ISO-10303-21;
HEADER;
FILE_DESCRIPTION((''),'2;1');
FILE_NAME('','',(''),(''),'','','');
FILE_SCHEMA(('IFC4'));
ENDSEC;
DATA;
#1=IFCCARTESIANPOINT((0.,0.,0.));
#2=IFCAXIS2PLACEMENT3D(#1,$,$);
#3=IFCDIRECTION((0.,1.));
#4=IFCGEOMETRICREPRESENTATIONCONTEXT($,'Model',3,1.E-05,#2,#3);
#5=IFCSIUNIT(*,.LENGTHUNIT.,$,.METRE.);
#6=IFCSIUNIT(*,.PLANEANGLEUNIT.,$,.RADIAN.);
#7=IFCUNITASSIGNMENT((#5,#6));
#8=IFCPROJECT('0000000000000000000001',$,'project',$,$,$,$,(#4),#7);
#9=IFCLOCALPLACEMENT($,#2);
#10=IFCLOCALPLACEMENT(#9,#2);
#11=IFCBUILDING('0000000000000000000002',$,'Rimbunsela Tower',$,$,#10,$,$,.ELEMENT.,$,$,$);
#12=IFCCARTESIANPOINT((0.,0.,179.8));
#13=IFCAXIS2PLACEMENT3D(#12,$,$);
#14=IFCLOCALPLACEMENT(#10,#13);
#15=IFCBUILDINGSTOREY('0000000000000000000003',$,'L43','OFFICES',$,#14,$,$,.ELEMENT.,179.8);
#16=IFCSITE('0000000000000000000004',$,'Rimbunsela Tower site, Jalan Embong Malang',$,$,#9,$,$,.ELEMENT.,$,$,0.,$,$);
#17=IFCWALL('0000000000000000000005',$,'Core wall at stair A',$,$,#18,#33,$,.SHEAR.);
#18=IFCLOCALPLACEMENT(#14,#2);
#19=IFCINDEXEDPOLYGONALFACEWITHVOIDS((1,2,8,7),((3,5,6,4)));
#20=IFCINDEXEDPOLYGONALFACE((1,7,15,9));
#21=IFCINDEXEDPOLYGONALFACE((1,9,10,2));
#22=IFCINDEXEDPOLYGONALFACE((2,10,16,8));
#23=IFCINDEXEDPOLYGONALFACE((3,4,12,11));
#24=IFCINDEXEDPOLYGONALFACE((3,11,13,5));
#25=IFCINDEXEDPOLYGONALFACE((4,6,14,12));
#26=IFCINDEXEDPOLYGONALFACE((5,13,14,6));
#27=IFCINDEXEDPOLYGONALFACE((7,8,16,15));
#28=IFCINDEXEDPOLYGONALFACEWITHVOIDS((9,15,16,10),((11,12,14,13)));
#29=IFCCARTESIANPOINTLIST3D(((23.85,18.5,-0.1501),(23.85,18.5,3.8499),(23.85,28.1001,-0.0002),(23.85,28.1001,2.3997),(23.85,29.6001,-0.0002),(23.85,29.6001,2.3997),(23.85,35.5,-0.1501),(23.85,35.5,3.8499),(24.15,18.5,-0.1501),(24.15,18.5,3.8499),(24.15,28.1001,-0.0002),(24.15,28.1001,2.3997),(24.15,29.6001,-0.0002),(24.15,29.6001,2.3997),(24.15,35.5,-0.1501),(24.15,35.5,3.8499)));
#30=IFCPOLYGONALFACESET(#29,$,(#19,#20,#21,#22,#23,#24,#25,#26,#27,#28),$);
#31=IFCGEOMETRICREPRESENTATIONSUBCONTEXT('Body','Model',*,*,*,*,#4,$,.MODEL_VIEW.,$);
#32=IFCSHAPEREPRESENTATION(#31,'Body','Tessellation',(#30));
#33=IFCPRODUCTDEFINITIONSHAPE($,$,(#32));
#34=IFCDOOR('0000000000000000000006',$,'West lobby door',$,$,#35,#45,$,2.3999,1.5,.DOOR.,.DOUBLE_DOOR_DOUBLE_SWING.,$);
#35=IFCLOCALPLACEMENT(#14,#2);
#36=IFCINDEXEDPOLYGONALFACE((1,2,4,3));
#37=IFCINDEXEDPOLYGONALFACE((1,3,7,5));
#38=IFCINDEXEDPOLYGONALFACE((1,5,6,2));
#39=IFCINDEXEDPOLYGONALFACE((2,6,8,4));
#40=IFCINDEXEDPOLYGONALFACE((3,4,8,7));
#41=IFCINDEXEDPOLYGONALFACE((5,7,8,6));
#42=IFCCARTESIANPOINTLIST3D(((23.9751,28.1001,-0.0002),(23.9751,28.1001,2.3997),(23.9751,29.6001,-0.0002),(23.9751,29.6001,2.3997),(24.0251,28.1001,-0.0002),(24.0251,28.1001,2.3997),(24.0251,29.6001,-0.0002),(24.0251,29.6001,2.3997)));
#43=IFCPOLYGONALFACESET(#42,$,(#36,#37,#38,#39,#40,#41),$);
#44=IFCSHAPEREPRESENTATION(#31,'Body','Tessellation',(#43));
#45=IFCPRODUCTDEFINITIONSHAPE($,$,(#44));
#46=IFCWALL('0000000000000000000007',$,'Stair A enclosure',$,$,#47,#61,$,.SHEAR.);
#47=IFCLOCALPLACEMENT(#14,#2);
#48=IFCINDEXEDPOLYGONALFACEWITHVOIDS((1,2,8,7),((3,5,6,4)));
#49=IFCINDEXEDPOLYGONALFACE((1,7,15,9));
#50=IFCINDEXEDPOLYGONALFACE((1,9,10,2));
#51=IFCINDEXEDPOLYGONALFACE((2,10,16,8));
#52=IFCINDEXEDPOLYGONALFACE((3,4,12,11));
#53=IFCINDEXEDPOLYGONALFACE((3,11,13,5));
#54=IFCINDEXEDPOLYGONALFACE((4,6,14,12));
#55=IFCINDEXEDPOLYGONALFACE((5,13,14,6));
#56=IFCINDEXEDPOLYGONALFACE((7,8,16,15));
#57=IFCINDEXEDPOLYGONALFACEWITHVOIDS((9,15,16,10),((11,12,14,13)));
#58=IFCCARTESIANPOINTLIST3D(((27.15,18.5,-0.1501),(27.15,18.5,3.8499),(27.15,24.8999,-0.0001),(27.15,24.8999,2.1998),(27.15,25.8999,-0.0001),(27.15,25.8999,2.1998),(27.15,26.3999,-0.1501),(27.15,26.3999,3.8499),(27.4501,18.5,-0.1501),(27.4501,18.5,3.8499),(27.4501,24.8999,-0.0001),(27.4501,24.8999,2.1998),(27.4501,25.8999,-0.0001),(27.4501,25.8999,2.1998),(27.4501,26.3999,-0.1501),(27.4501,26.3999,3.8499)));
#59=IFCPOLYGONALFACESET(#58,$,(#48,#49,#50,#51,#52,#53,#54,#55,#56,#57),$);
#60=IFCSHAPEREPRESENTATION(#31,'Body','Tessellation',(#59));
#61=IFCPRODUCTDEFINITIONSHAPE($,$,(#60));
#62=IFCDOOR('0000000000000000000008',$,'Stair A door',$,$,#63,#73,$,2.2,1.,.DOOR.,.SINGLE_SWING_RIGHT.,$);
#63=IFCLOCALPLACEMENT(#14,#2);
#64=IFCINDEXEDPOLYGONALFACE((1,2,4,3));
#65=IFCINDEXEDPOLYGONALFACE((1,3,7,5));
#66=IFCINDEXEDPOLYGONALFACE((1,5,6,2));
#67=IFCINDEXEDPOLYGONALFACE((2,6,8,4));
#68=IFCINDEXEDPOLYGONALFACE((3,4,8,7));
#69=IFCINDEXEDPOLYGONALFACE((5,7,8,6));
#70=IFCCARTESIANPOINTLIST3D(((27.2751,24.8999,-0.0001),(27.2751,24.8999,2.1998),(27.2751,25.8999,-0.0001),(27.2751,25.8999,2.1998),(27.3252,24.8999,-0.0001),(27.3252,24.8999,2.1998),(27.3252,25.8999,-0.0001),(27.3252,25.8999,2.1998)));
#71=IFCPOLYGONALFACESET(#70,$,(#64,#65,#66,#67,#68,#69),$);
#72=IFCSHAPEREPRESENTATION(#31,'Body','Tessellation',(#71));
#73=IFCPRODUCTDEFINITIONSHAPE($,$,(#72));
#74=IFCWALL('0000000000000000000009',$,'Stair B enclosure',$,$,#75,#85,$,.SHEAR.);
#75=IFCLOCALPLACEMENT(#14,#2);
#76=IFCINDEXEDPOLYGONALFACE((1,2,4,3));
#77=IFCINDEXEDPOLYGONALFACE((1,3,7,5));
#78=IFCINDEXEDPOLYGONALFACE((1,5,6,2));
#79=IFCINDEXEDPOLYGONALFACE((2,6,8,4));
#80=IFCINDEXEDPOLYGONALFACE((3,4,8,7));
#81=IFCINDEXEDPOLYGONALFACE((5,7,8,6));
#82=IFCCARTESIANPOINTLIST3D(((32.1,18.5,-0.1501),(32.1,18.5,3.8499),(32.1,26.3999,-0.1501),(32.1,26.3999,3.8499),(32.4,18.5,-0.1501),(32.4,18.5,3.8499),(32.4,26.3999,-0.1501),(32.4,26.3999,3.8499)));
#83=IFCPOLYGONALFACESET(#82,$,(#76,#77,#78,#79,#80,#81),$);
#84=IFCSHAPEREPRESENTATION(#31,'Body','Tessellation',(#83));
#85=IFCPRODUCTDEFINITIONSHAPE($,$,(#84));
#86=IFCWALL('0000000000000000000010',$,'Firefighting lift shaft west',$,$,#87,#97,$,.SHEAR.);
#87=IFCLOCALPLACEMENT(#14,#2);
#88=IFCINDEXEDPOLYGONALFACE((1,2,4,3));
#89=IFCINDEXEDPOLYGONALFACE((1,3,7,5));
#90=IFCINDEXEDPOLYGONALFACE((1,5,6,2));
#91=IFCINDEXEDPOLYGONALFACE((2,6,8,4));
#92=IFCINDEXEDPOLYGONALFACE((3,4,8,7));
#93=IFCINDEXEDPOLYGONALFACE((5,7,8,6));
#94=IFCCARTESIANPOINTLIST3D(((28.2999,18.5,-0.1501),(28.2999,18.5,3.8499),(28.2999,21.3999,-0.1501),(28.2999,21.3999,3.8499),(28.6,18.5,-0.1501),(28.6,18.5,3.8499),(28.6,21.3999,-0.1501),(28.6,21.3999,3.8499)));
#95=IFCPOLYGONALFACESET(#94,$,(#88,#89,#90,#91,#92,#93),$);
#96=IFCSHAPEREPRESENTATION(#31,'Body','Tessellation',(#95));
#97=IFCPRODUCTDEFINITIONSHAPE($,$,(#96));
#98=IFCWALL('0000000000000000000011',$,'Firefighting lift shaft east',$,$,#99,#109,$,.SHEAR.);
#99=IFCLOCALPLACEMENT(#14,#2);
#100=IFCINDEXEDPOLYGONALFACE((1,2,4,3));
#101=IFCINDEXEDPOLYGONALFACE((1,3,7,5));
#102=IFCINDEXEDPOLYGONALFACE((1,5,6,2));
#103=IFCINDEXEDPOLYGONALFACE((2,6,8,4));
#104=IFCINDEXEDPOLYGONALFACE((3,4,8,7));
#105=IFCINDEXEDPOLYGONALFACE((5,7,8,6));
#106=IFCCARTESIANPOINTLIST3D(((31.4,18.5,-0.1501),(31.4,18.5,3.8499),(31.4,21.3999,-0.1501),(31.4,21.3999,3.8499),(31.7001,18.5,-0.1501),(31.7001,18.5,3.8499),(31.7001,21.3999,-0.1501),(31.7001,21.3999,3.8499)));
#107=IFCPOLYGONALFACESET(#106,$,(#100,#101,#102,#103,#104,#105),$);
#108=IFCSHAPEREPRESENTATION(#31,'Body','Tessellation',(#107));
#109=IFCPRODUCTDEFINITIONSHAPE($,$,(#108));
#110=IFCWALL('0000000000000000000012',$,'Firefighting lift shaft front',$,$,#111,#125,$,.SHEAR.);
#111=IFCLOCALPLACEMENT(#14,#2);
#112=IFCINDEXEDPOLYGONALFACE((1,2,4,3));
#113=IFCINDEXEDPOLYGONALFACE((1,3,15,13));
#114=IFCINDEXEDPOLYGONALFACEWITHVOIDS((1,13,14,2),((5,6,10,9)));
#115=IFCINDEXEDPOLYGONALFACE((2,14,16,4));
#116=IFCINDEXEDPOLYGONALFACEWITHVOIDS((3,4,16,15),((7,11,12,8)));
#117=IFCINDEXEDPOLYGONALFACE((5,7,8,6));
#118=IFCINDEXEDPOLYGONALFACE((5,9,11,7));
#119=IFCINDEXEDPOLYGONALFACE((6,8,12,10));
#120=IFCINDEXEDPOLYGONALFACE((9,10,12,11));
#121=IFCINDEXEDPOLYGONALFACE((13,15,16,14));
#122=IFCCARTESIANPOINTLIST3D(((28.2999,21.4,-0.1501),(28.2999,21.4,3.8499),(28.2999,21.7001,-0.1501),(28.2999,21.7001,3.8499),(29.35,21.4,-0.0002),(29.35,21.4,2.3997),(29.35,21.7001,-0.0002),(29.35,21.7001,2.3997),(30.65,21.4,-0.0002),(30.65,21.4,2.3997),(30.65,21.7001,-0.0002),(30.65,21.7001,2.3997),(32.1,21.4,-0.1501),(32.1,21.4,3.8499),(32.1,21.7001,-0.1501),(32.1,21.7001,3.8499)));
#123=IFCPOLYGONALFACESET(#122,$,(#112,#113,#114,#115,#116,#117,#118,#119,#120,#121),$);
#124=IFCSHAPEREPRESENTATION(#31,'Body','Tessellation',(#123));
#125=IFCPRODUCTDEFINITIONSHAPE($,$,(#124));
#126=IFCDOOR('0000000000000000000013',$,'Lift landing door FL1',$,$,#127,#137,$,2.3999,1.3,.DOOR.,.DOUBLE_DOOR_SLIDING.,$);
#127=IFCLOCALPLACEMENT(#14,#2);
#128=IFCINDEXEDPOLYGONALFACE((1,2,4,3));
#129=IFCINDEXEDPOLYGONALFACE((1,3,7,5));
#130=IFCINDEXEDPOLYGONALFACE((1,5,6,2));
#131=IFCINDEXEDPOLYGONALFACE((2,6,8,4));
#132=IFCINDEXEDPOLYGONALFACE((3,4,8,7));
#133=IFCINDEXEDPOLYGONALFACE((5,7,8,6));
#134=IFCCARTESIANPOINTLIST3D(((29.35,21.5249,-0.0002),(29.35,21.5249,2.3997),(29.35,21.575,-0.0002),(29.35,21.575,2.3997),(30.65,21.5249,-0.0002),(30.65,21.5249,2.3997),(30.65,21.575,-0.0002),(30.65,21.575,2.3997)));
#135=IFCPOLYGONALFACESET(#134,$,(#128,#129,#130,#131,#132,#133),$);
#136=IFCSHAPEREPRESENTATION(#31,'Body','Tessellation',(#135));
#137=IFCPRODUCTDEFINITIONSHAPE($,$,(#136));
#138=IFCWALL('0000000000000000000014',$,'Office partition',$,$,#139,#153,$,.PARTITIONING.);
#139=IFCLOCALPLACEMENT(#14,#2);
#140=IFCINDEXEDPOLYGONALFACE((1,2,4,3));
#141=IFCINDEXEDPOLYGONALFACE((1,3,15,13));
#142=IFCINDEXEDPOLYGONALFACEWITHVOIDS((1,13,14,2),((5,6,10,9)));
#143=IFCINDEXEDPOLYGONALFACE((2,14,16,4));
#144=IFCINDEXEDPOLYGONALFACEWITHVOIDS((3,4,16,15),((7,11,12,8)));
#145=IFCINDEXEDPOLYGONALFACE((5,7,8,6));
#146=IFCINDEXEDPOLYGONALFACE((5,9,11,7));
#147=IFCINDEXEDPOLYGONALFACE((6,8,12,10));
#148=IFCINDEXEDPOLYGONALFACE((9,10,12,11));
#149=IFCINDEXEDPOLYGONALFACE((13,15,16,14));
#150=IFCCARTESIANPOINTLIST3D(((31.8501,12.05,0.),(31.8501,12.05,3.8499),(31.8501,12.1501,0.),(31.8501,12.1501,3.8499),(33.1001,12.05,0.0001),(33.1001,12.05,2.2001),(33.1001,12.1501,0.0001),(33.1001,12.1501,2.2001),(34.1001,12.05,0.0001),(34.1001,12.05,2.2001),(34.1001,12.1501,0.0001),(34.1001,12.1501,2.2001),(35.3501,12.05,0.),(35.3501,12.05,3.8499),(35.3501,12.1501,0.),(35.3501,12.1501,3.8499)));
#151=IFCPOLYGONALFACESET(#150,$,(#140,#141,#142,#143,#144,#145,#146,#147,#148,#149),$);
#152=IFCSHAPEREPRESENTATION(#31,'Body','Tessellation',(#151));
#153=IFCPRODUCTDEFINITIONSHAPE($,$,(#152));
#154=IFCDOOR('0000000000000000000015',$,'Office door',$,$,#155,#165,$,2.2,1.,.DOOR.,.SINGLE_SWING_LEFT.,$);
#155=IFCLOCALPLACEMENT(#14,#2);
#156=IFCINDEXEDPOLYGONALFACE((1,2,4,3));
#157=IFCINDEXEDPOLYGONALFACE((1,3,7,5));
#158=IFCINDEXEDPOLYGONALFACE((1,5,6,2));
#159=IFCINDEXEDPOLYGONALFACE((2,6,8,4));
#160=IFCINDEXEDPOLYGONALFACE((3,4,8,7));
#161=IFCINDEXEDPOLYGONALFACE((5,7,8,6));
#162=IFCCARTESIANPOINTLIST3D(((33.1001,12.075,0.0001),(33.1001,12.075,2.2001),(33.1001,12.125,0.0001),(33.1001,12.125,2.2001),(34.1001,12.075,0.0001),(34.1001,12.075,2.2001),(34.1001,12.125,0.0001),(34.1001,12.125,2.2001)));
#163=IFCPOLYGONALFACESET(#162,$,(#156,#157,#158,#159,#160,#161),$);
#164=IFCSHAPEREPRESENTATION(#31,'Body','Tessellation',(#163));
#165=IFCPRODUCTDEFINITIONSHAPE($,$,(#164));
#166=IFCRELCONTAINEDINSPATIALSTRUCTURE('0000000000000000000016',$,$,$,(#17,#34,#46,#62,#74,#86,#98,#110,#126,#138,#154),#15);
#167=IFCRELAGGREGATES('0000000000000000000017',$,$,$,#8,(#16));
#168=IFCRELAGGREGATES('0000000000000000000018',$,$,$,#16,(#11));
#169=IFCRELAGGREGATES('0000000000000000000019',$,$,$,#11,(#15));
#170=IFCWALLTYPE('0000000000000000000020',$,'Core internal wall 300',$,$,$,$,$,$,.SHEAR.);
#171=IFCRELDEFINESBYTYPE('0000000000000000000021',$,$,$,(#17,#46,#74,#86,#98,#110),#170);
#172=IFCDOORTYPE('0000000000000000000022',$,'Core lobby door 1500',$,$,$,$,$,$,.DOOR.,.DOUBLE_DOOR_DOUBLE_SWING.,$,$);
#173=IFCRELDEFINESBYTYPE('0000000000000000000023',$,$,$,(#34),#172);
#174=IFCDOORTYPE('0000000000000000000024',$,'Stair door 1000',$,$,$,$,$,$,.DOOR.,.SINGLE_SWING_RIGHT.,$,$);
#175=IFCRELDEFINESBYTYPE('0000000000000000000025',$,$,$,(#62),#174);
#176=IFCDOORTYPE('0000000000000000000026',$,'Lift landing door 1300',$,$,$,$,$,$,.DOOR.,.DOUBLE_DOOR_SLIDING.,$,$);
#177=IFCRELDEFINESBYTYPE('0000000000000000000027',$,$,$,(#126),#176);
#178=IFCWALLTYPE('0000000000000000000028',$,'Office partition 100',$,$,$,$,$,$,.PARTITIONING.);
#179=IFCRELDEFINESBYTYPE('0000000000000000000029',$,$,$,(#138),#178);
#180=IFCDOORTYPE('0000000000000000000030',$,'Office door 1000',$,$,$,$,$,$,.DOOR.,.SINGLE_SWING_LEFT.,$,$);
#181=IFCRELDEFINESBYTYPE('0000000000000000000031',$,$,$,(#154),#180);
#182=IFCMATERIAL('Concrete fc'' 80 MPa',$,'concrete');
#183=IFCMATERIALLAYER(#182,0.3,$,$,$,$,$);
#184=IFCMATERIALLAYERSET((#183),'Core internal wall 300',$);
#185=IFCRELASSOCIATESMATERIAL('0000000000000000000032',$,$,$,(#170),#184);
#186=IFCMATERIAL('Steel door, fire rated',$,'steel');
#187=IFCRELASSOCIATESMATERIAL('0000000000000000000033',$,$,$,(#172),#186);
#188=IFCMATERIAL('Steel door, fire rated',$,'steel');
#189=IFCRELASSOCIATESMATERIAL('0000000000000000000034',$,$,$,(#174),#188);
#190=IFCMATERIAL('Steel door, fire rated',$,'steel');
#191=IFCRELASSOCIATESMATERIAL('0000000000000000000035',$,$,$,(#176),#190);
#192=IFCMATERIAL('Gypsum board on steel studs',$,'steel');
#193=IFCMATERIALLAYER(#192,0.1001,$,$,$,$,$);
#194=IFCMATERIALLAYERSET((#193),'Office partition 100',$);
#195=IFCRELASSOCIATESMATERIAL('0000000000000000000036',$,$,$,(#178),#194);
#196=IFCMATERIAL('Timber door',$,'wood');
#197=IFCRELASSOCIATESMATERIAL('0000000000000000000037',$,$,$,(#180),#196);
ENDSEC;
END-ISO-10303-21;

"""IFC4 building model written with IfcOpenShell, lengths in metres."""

from ifc_helpers import new_model, si_unit, direction, frame, frame_2d, origin, place, context, subcontext, project, spatial, rectangle, extrude, material, layer, layer_set, type_object, element, fill, save


model = new_model("IFC4")

# Units and contexts
model_context = context("Model", 3, precision=1e-05, world=origin(), true_north=direction((0.0, 1.0)))
body_context = subcontext(model_context, "Body", "Model", "MODEL_VIEW")
ifc_project = project(units=[si_unit("LENGTHUNIT", "METRE"), si_unit("PLANEANGLEUNIT", "RADIAN")], contexts=[model_context])

# Site, building, storey
site_placement = place(None, origin())
site = spatial("IfcSite", under=ifc_project, at=site_placement, Name="Rimbunsela Tower site, Jalan Embong Malang", CompositionType="ELEMENT", RefElevation=0.0)
building_placement = place(site_placement, origin())
building = spatial("IfcBuilding", under=site, at=building_placement, Name="Rimbunsela Tower", CompositionType="ELEMENT")
storey_placement = place(building_placement, frame((0.0, 0.0, 179.8)))
storey = spatial("IfcBuildingStorey", under=building, at=storey_placement, Name="L43", Description="OFFICES", CompositionType="ELEMENT", Elevation=179.8)

# Walls, openings, doors
ifc_material_1 = material(Name="Concrete fc' 80 MPa", Category="concrete")
ifc_layer_1 = layer(ifc_material_1, 0.3)
ifc_layer_set_1 = layer_set([ifc_layer_1], Name="Core internal wall 300")
wall_type_1 = type_object("IfcWallType", Name="Core internal wall 300", PredefinedType="SHEAR", material=ifc_layer_set_1)
wall_1_placement = place(storey_placement, frame((24.0, 18.5, -0.1501), z_axis=(0.0, 0.0, 1.0), x_axis=(0.0, 1.0, 0.0)))
wall_1 = element("IfcWall", 1, at=wall_1_placement, inside=storey, type_object=wall_type_1, Name="Core wall at stair A", PredefinedType="SHEAR", context=body_context, shape_type="SweptSolid", body=[
    extrude(rectangle(XDim=17.0, YDim=0.3, at=frame_2d((8.5, 0.0))), origin(), (0.0, 0.0, 1.0), 4.0),
])
opening_1_placement = place(wall_1_placement, frame((9.6001, 0.0, 0.1499)))
opening_1 = element("IfcOpeningElement", 2, at=opening_1_placement, cuts=wall_1, PredefinedType="OPENING", context=body_context, shape_type="SweptSolid", body=[
    extrude(rectangle(XDim=1.5, YDim=2.3999, at=frame_2d((0.75, 1.2))), frame((0.0, 0.1599, 0.0), z_axis=(0.0, -1.0, 0.0), x_axis=(1.0, 0.0, 0.0)), (0.0, 0.0, 1.0), 0.3201),
])
ifc_material_2 = material(Name="Steel door, fire rated", Category="steel")
door_type_1 = type_object("IfcDoorType", Name="Core lobby door 1500", OperationType="DOUBLE_DOOR_DOUBLE_SWING", PredefinedType="DOOR", material=ifc_material_2)
door_1_placement = place(opening_1_placement, origin())
door_1 = element("IfcDoor", 3, at=door_1_placement, inside=storey, type_object=door_type_1, Name="West lobby door", OperationType="DOUBLE_DOOR_DOUBLE_SWING", OverallHeight=2.3999, OverallWidth=1.5, PredefinedType="DOOR", context=body_context, shape_type="SweptSolid", body=[
    extrude(rectangle(XDim=1.5, YDim=2.3999, at=frame_2d((0.75, 1.2))), frame((0.0, 0.0249, 0.0), z_axis=(0.0, -1.0, 0.0), x_axis=(1.0, 0.0, 0.0)), (0.0, 0.0, 1.0), 0.05),
])
fill(opening_1, door_1)
wall_2_placement = place(storey_placement, frame((27.3, 18.5, -0.1501), z_axis=(0.0, 0.0, 1.0), x_axis=(0.0, 1.0, 0.0)))
wall_2 = element("IfcWall", 4, at=wall_2_placement, inside=storey, type_object=wall_type_1, Name="Stair A enclosure", PredefinedType="SHEAR", context=body_context, shape_type="SweptSolid", body=[
    extrude(rectangle(XDim=7.8999, YDim=0.3, at=frame_2d((3.95, 0.0))), origin(), (0.0, 0.0, 1.0), 4.0),
])
opening_2_placement = place(wall_2_placement, frame((6.3999, 0.0, 0.1499)))
opening_2 = element("IfcOpeningElement", 5, at=opening_2_placement, cuts=wall_2, PredefinedType="OPENING", context=body_context, shape_type="SweptSolid", body=[
    extrude(rectangle(XDim=1.0, YDim=2.2, at=frame_2d((0.5, 1.1001))), frame((0.0, 0.1599, 0.0), z_axis=(0.0, -1.0, 0.0), x_axis=(1.0, 0.0, 0.0)), (0.0, 0.0, 1.0), 0.3201),
])
ifc_material_3 = material(Name="Steel door, fire rated", Category="steel")
door_type_2 = type_object("IfcDoorType", Name="Stair door 1000", OperationType="SINGLE_SWING_RIGHT", PredefinedType="DOOR", material=ifc_material_3)
door_2_placement = place(opening_2_placement, origin())
door_2 = element("IfcDoor", 6, at=door_2_placement, inside=storey, type_object=door_type_2, Name="Stair A door", OperationType="SINGLE_SWING_RIGHT", OverallHeight=2.2, OverallWidth=1.0, PredefinedType="DOOR", context=body_context, shape_type="SweptSolid", body=[
    extrude(rectangle(XDim=1.0, YDim=2.2, at=frame_2d((0.5, 1.1001))), frame((0.0, 0.0249, 0.0), z_axis=(0.0, -1.0, 0.0), x_axis=(1.0, 0.0, 0.0)), (0.0, 0.0, 1.0), 0.05),
])
fill(opening_2, door_2)

# Walls
wall_3_placement = place(storey_placement, frame((32.25, 18.5, -0.1501), z_axis=(0.0, 0.0, 1.0), x_axis=(0.0, 1.0, 0.0)))
element("IfcWall", 7, at=wall_3_placement, inside=storey, type_object=wall_type_1, Name="Stair B enclosure", PredefinedType="SHEAR", context=body_context, shape_type="SweptSolid", body=[
    extrude(rectangle(XDim=7.8999, YDim=0.3, at=frame_2d((3.95, 0.0))), origin(), (0.0, 0.0, 1.0), 4.0),
])
for number, where, z_axis, x_axis, name in (
    (8, (28.45, 18.5, -0.1501), (0.0, 0.0, 1.0), (0.0, 1.0, 0.0), "Firefighting lift shaft west"),
    (9, (31.55, 18.5, -0.1501), (0.0, 0.0, 1.0), (0.0, 1.0, 0.0), "Firefighting lift shaft east"),
):
    element("IfcWall", number, at=place(storey_placement, frame(where, z_axis=z_axis, x_axis=x_axis)), inside=storey, type_object=wall_type_1, Name=name, PredefinedType="SHEAR", context=body_context, shape_type="SweptSolid", body=[
        extrude(rectangle(XDim=2.8999, YDim=0.3, at=frame_2d((1.45, 0.0))), origin(), (0.0, 0.0, 1.0), 4.0),
    ])

# Walls, openings, doors
wall_4_placement = place(storey_placement, frame((28.3, 21.55, -0.1501), z_axis=(0.0, 0.0, 1.0), x_axis=(1.0, 0.0, 0.0)))
wall_4 = element("IfcWall", 10, at=wall_4_placement, inside=storey, type_object=wall_type_1, Name="Firefighting lift shaft front", PredefinedType="SHEAR", context=body_context, shape_type="SweptSolid", body=[
    extrude(rectangle(XDim=3.8, YDim=0.3, at=frame_2d((1.8999, 0.0))), origin(), (0.0, 0.0, 1.0), 4.0),
])
opening_3_placement = place(wall_4_placement, frame((1.05, 0.0, 0.1499)))
opening_3 = element("IfcOpeningElement", 11, at=opening_3_placement, cuts=wall_4, PredefinedType="OPENING", context=body_context, shape_type="SweptSolid", body=[
    extrude(rectangle(XDim=1.3, YDim=2.3999, at=frame_2d((0.6499, 1.2))), frame((0.0, 0.1599, 0.0), z_axis=(0.0, -1.0, 0.0), x_axis=(1.0, 0.0, 0.0)), (0.0, 0.0, 1.0), 0.3201),
])
ifc_material_4 = material(Name="Steel door, fire rated", Category="steel")
door_type_3 = type_object("IfcDoorType", Name="Lift landing door 1300", OperationType="DOUBLE_DOOR_SLIDING", PredefinedType="DOOR", material=ifc_material_4)
door_3_placement = place(opening_3_placement, origin())
door_3 = element("IfcDoor", 12, at=door_3_placement, inside=storey, type_object=door_type_3, Name="Lift landing door FL1", OperationType="DOUBLE_DOOR_SLIDING", OverallHeight=2.3999, OverallWidth=1.3, PredefinedType="DOOR", context=body_context, shape_type="SweptSolid", body=[
    extrude(rectangle(XDim=1.3, YDim=2.3999, at=frame_2d((0.6499, 1.2))), frame((0.0, 0.0249, 0.0), z_axis=(0.0, -1.0, 0.0), x_axis=(1.0, 0.0, 0.0)), (0.0, 0.0, 1.0), 0.05),
])
fill(opening_3, door_3)
ifc_material_5 = material(Name="Gypsum board on steel studs", Category="steel")
ifc_layer_2 = layer(ifc_material_5, 0.1001)
ifc_layer_set_2 = layer_set([ifc_layer_2], Name="Office partition 100")
wall_type_2 = type_object("IfcWallType", Name="Office partition 100", PredefinedType="PARTITIONING", material=ifc_layer_set_2)
wall_5_placement = place(storey_placement, frame((31.8501, 12.1001, 0.0), z_axis=(0.0, 0.0, 1.0), x_axis=(1.0, 0.0, 0.0)))
wall_5 = element("IfcWall", 13, at=wall_5_placement, inside=storey, type_object=wall_type_2, Name="Office partition", PredefinedType="PARTITIONING", context=body_context, shape_type="SweptSolid", body=[
    extrude(rectangle(XDim=3.5, YDim=0.1001, at=frame_2d((1.75, 0.0))), origin(), (0.0, 0.0, 1.0), 3.8499),
])
opening_4_placement = place(wall_5_placement, frame((1.25, 0.0, 0.0)))
opening_4 = element("IfcOpeningElement", 14, at=opening_4_placement, cuts=wall_5, PredefinedType="OPENING", context=body_context, shape_type="SweptSolid", body=[
    extrude(rectangle(XDim=1.0, YDim=2.2, at=frame_2d((0.5, 1.1001))), frame((0.0, 0.0601, 0.0), z_axis=(0.0, -1.0, 0.0), x_axis=(1.0, 0.0, 0.0)), (0.0, 0.0, 1.0), 0.1201),
])
ifc_material_6 = material(Name="Timber door", Category="wood")
door_type_4 = type_object("IfcDoorType", Name="Office door 1000", OperationType="SINGLE_SWING_LEFT", PredefinedType="DOOR", material=ifc_material_6)
door_4_placement = place(opening_4_placement, origin())
door_4 = element("IfcDoor", 15, at=door_4_placement, inside=storey, type_object=door_type_4, Name="Office door", OperationType="SINGLE_SWING_LEFT", OverallHeight=2.2, OverallWidth=1.0, PredefinedType="DOOR", context=body_context, shape_type="SweptSolid", body=[
    extrude(rectangle(XDim=1.0, YDim=2.2, at=frame_2d((0.5, 1.1001))), frame((0.0, 0.0249, 0.0), z_axis=(0.0, -1.0, 0.0), x_axis=(1.0, 0.0, 0.0)), (0.0, 0.0, 1.0), 0.05),
])
fill(opening_4, door_4)

save(model, "model.ifc")
